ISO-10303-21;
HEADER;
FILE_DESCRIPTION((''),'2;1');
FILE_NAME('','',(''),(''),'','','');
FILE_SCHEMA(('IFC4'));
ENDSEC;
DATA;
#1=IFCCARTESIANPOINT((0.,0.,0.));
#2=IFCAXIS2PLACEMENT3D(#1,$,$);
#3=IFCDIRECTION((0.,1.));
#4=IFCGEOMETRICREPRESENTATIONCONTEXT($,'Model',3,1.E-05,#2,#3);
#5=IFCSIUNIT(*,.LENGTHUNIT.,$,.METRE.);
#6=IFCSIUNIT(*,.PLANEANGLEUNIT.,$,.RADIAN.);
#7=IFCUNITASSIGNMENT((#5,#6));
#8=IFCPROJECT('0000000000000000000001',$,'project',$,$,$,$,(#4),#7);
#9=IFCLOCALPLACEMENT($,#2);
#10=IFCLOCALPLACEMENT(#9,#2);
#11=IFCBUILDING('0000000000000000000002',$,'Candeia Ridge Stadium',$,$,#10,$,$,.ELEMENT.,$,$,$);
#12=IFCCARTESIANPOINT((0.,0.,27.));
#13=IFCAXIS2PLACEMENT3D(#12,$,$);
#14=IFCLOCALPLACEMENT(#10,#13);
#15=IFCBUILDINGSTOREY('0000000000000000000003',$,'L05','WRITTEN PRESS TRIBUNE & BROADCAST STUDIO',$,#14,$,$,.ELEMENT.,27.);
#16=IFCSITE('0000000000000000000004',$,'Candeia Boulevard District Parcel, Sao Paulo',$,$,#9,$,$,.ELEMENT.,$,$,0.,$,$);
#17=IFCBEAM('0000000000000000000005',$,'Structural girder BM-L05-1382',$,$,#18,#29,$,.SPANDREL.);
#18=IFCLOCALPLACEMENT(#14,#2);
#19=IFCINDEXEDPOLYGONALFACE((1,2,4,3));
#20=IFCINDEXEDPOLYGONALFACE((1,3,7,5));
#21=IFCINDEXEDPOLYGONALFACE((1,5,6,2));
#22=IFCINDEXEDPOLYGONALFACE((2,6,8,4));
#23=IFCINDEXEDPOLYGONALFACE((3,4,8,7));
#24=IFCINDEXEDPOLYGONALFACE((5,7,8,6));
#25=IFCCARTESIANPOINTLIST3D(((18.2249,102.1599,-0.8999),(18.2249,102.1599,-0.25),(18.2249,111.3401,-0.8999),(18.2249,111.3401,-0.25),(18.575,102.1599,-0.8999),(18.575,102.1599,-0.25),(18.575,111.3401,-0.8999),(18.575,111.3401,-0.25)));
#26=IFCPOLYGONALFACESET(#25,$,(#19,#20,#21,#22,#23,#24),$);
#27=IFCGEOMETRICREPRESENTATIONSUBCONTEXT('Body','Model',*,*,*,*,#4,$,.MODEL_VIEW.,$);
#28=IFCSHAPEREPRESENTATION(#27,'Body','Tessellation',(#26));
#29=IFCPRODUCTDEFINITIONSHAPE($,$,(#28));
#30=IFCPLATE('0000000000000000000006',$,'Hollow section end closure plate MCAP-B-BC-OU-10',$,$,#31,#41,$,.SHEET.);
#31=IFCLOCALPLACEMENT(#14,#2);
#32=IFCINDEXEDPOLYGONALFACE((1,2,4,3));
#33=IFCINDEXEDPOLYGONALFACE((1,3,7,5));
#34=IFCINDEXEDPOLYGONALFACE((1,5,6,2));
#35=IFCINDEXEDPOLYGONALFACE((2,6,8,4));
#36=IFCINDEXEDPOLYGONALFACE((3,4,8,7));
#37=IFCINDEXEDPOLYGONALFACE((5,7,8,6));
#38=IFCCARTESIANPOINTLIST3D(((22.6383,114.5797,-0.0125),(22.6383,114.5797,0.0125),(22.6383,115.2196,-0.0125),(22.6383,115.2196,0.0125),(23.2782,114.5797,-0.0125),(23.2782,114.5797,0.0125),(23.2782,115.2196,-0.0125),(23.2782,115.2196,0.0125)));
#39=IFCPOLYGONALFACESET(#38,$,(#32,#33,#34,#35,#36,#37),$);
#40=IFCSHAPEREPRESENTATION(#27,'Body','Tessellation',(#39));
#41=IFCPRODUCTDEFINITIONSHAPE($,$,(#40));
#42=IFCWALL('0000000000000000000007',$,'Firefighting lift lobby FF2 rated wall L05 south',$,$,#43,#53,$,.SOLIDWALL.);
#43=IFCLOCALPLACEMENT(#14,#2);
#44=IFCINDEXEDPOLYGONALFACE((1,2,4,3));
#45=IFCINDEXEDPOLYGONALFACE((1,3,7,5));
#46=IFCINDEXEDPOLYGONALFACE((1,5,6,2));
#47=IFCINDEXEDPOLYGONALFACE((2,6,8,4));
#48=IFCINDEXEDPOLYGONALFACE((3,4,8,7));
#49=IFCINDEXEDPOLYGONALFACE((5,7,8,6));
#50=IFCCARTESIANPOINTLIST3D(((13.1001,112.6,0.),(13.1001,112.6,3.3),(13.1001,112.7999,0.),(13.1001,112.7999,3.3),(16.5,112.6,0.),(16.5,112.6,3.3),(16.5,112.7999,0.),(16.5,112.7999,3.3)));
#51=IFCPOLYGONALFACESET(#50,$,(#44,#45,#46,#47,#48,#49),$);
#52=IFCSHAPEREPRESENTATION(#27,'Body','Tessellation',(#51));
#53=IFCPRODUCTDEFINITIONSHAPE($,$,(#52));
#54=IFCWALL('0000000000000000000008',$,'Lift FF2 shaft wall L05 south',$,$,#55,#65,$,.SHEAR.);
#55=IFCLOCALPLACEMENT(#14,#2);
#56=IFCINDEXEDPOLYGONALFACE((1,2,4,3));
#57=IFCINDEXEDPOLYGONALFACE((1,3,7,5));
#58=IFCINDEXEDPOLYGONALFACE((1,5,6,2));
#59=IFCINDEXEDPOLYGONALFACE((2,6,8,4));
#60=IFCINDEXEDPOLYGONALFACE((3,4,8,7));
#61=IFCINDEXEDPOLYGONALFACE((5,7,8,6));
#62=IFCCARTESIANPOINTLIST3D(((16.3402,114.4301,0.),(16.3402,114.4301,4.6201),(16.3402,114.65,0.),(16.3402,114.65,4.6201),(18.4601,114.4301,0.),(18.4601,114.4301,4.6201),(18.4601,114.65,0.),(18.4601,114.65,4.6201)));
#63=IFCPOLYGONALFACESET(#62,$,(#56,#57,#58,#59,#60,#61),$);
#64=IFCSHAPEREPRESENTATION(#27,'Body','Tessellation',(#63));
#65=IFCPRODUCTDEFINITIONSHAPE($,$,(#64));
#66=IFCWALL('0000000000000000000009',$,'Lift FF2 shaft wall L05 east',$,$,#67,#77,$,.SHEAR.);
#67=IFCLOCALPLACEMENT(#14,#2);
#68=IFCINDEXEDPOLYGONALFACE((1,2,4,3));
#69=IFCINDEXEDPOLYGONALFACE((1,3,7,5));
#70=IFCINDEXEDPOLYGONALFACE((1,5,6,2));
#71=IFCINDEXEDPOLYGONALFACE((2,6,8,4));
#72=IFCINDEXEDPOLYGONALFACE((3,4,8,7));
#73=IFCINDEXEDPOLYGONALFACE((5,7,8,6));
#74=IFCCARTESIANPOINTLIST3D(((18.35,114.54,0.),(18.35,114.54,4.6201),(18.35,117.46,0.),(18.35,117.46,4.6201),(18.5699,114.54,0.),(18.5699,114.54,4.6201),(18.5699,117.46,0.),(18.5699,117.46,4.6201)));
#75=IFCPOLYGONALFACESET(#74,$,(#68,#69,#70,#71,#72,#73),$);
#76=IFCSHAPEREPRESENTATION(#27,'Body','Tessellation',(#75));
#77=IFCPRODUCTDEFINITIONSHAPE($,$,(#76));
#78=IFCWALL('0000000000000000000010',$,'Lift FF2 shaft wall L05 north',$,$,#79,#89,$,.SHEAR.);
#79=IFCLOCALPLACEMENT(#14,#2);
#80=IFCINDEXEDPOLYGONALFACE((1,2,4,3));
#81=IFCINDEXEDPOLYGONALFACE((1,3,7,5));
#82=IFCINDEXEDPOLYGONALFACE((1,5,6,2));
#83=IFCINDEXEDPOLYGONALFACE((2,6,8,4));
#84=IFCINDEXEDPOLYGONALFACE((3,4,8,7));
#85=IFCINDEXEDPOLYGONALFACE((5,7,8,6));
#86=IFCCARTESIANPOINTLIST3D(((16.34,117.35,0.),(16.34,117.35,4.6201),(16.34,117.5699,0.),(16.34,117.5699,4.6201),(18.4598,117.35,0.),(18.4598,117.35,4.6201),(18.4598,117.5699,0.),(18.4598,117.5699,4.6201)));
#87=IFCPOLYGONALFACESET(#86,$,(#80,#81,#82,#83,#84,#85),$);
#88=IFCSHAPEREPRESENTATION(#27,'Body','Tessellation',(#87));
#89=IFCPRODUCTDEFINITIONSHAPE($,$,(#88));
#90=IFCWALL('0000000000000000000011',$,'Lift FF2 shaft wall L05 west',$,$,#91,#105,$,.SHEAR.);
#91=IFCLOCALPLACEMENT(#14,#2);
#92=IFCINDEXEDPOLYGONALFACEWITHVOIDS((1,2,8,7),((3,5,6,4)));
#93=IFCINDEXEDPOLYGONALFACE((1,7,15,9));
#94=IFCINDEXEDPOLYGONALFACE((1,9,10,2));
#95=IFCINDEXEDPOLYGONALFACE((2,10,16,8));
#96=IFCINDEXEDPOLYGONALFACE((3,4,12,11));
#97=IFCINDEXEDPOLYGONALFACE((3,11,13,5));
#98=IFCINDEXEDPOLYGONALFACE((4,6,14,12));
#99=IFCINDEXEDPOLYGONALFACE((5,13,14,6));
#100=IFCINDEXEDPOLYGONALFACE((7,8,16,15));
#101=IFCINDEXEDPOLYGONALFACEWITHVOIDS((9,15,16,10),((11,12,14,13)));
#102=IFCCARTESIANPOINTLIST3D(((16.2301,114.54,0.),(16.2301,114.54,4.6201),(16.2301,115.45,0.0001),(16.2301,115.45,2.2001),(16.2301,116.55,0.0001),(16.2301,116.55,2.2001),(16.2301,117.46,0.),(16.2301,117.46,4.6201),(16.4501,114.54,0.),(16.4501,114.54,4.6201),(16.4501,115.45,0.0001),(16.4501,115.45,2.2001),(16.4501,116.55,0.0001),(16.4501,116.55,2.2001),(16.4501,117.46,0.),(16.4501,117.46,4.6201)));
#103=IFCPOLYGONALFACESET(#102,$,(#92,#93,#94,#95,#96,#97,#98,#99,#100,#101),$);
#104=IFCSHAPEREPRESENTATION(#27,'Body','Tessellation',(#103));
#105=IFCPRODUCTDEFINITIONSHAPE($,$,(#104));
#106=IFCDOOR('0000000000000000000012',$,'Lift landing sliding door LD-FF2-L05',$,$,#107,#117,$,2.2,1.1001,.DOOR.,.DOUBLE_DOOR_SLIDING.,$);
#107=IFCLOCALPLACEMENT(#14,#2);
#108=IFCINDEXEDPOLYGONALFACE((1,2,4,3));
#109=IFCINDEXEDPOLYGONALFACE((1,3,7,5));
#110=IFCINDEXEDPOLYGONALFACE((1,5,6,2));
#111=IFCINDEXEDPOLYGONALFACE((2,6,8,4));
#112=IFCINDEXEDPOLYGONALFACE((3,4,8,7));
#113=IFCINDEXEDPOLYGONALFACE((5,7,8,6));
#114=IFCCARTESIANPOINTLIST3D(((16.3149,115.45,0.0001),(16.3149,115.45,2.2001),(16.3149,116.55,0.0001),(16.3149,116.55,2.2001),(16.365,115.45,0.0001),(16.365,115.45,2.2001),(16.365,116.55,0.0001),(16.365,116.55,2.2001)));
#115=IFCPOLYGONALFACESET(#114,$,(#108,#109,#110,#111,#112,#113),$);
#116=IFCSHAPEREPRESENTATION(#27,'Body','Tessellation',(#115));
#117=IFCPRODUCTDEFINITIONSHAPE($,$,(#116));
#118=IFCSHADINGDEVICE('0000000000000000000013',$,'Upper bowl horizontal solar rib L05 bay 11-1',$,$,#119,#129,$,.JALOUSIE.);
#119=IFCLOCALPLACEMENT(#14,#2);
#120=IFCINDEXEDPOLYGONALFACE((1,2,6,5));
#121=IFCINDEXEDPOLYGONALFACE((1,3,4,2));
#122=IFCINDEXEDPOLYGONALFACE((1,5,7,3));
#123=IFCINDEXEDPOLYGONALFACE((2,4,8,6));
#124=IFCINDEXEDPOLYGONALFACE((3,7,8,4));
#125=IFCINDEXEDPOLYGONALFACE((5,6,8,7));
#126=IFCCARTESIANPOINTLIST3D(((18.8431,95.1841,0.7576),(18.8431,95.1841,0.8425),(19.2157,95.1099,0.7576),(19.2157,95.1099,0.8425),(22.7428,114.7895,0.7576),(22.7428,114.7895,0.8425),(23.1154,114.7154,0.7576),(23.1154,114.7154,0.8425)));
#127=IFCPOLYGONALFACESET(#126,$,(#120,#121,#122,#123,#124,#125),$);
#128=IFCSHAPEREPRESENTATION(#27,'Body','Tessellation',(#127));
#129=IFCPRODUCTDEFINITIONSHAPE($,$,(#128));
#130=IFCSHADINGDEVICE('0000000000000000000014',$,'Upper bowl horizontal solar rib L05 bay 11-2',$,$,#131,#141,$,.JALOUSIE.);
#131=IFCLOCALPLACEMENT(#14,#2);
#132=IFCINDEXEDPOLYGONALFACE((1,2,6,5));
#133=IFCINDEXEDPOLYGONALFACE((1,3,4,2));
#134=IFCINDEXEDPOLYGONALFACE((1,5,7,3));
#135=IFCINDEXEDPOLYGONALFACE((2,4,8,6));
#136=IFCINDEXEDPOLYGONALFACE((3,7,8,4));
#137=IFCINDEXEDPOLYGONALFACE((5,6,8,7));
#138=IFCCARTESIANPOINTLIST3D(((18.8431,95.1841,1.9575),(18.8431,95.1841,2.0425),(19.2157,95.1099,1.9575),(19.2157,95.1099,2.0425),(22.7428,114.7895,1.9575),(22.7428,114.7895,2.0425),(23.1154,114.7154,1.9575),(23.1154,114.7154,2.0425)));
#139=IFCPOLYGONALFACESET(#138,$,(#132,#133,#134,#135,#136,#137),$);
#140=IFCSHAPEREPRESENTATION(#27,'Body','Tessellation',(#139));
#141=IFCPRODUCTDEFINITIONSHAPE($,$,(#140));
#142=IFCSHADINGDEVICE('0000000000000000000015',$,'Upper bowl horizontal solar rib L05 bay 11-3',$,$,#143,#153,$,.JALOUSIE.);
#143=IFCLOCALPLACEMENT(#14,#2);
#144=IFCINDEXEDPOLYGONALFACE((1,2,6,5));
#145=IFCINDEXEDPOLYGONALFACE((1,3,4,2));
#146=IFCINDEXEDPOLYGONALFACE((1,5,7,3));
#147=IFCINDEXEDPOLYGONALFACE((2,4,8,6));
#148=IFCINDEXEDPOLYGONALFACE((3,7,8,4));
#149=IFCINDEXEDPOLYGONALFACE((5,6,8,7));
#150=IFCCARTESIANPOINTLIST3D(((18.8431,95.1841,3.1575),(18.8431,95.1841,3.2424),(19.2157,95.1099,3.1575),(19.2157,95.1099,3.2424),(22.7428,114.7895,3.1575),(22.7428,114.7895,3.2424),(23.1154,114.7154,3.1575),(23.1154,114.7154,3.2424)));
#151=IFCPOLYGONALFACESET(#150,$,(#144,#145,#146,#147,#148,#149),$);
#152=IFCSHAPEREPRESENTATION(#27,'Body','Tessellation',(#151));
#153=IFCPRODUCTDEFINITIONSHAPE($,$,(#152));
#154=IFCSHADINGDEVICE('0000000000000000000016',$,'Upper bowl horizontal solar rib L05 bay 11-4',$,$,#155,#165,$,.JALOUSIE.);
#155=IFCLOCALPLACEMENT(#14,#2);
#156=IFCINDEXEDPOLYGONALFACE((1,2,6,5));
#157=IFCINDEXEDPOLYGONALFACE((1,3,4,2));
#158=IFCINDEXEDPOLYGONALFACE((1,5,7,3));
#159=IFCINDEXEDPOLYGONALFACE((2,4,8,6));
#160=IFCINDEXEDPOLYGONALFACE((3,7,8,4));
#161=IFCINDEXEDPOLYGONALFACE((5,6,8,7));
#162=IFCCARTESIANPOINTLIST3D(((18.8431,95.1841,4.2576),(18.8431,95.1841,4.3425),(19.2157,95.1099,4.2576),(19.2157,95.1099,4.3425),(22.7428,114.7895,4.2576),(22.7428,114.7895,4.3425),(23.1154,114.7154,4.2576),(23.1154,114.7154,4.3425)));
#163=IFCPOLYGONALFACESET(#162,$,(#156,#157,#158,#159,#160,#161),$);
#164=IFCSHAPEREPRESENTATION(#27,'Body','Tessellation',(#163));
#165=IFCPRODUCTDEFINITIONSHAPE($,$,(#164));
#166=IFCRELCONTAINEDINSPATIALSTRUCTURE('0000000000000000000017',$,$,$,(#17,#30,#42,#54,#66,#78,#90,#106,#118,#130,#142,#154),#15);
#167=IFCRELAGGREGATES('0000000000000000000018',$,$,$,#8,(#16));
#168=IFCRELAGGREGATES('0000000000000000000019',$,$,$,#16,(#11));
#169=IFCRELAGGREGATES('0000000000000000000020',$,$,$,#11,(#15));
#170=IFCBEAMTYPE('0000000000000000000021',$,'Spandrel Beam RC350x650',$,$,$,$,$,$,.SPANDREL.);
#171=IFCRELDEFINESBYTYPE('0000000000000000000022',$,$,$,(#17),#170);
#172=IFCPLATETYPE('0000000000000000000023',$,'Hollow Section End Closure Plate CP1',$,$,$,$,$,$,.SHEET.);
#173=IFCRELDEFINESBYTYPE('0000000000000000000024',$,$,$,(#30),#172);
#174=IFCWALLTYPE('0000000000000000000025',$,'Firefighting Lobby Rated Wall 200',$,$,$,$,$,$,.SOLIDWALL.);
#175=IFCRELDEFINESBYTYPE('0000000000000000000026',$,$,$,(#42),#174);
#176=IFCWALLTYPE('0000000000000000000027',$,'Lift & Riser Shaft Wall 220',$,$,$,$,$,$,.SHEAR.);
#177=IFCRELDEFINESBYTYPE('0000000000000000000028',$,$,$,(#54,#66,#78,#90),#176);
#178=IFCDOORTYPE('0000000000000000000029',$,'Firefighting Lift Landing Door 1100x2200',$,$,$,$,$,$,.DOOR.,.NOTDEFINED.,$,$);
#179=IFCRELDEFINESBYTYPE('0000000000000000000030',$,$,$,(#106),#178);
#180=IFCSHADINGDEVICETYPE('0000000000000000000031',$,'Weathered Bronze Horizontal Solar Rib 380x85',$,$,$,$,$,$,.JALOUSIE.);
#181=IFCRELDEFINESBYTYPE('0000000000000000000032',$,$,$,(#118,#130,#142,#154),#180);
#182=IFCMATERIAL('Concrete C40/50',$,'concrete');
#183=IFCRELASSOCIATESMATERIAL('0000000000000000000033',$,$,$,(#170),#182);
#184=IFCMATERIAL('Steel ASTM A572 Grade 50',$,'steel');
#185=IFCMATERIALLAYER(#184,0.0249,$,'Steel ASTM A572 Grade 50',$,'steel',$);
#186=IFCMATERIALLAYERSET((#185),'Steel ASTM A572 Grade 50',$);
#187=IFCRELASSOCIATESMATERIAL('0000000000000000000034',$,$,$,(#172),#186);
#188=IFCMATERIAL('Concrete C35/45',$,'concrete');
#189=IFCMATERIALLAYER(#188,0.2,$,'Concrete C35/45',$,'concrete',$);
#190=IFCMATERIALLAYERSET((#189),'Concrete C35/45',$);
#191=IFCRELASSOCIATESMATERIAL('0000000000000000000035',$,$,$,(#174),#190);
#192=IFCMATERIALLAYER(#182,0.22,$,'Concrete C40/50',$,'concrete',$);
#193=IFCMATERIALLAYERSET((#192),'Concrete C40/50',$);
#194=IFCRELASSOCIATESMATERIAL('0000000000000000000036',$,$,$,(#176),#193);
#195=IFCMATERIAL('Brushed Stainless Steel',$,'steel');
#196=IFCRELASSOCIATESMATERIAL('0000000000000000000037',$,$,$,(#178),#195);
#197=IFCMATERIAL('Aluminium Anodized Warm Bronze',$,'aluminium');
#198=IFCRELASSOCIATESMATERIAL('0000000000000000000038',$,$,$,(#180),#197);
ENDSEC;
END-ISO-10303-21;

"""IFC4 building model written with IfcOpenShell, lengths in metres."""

from ifc_helpers import new_model, si_unit, direction, frame, frame_2d, origin, origin_2d, place, context, subcontext, project, spatial, rectangle, extrude, material, layer, layer_set, material_profile, profile_set, type_object, element, fill, save


model = new_model("IFC4")

# Units and contexts
model_context = context("Model", 3, precision=1e-05, world=origin(), true_north=direction((0.0, 1.0)))
body_context = subcontext(model_context, "Body", "Model", "MODEL_VIEW")
ifc_project = project(units=[si_unit("LENGTHUNIT", "METRE"), si_unit("PLANEANGLEUNIT", "RADIAN")], contexts=[model_context])

# Site, building, storey
site_placement = place(None, origin())
site = spatial("IfcSite", under=ifc_project, at=site_placement, Name="Candeia Boulevard District Parcel, Sao Paulo", CompositionType="ELEMENT", RefElevation=0.0)
building_placement = place(site_placement, origin())
building = spatial("IfcBuilding", under=site, at=building_placement, Name="Candeia Ridge Stadium", CompositionType="ELEMENT")
storey_placement = place(building_placement, frame((0.0, 0.0, 27.0)))
storey = spatial("IfcBuildingStorey", under=building, at=storey_placement, Name="L05", Description="WRITTEN PRESS TRIBUNE & BROADCAST STUDIO", CompositionType="ELEMENT", Elevation=27.0)

# Shared definitions
ifc_material_1 = material(Name="Concrete C40/50", Category="concrete")
ifc_material_2 = material(Name="Steel ASTM A572 Grade 50", Category="steel")

# Beam
ifc_material_profile_1 = material_profile(ifc_material_1, rectangle(XDim=0.3501, YDim=0.6499, at=origin_2d()), Name="RC350x650", Category="concrete")
ifc_profile_set_1 = profile_set([ifc_material_profile_1], Name="Concrete C40/50")
beam_type_1 = type_object("IfcBeamType", Name="Spandrel Beam RC350x650", PredefinedType="SPANDREL", material=ifc_profile_set_1)
beam_1_placement = place(storey_placement, frame((18.3999, 102.1599, -0.575), z_axis=(0.0, 1.0, 0.0), x_axis=(-1.0, 0.0, 0.0)))
element("IfcBeam", 1, at=beam_1_placement, inside=storey, type_object=beam_type_1, Name="Structural girder BM-L05-1382", PredefinedType="SPANDREL", context=body_context, shape_type="SweptSolid", body=[
    extrude(rectangle(XDim=0.3501, YDim=0.6499, at=origin_2d()), origin(), (0.0, 0.0, 1.0), 9.1802),
])

# Plate
ifc_layer_1 = layer(ifc_material_2, 0.0249, Name="Steel ASTM A572 Grade 50", Category="steel")
ifc_layer_set_1 = layer_set([ifc_layer_1], Name="Steel ASTM A572 Grade 50")
plate_type = type_object("IfcPlateType", Name="Hollow Section End Closure Plate CP1", PredefinedType="SHEET", material=ifc_layer_set_1)
plate_placement = place(storey_placement, frame((22.9583, 114.8997, -0.0125), z_axis=(0.0, 0.0, 1.0), x_axis=(1.0, 0.0, 0.0)))
element("IfcPlate", 2, at=plate_placement, inside=storey, type_object=plate_type, Name="Hollow section end closure plate MCAP-B-BC-OU-10", PredefinedType="SHEET", context=body_context, shape_type="SweptSolid", body=[
    extrude(rectangle(XDim=0.6399, YDim=0.6399, at=origin_2d()), origin(), (0.0, 0.0, 1.0), 0.0249),
])

# Walls
ifc_material_3 = material(Name="Concrete C35/45", Category="concrete")
ifc_layer_2 = layer(ifc_material_3, 0.2, Name="Concrete C35/45", Category="concrete")
ifc_layer_set_2 = layer_set([ifc_layer_2], Name="Concrete C35/45")
wall_type_1 = type_object("IfcWallType", Name="Firefighting Lobby Rated Wall 200", PredefinedType="SOLIDWALL", material=ifc_layer_set_2)
wall_1_placement = place(storey_placement, frame((13.1001, 112.7, 0.0), z_axis=(0.0, 0.0, 1.0), x_axis=(1.0, 0.0, 0.0)))
element("IfcWall", 3, at=wall_1_placement, inside=storey, type_object=wall_type_1, Name="Firefighting lift lobby FF2 rated wall L05 south", PredefinedType="SOLIDWALL", context=body_context, shape_type="SweptSolid", body=[
    extrude(rectangle(XDim=3.3999, YDim=0.2, at=frame_2d((1.7, 0.0))), origin(), (0.0, 0.0, 1.0), 3.3),
])
ifc_layer_3 = layer(ifc_material_1, 0.22, Name="Concrete C40/50", Category="concrete")
ifc_layer_set_3 = layer_set([ifc_layer_3], Name="Concrete C40/50")
wall_type_2 = type_object("IfcWallType", Name="Lift & Riser Shaft Wall 220", PredefinedType="SHEAR", material=ifc_layer_set_3)
wall_2_placement = place(storey_placement, frame((16.3401, 114.54, 0.0), z_axis=(0.0, 0.0, 1.0), x_axis=(1.0, 0.0, 0.0)))
element("IfcWall", 4, at=wall_2_placement, inside=storey, type_object=wall_type_2, Name="Lift FF2 shaft wall L05 south", PredefinedType="SHEAR", context=body_context, shape_type="SweptSolid", body=[
    extrude(rectangle(XDim=2.1199, YDim=0.22, at=frame_2d((1.0601, 0.0))), origin(), (0.0, 0.0, 1.0), 4.6201),
])
wall_3_placement = place(storey_placement, frame((18.46, 114.54, 0.0), z_axis=(0.0, 0.0, 1.0), x_axis=(0.0, 1.0, 0.0)))
element("IfcWall", 5, at=wall_3_placement, inside=storey, type_object=wall_type_2, Name="Lift FF2 shaft wall L05 east", PredefinedType="SHEAR", context=body_context, shape_type="SweptSolid", body=[
    extrude(rectangle(XDim=2.9199, YDim=0.22, at=frame_2d((1.46, 0.0))), origin(), (0.0, 0.0, 1.0), 4.6201),
])
wall_4_placement = place(storey_placement, frame((18.46, 117.46, 0.0), z_axis=(0.0, 0.0, 1.0), x_axis=(-1.0, 0.0, 0.0)))
element("IfcWall", 6, at=wall_4_placement, inside=storey, type_object=wall_type_2, Name="Lift FF2 shaft wall L05 north", PredefinedType="SHEAR", context=body_context, shape_type="SweptSolid", body=[
    extrude(rectangle(XDim=2.1199, YDim=0.22, at=frame_2d((1.0601, 0.0))), origin(), (0.0, 0.0, 1.0), 4.6201),
])

# Wall, opening, door
wall_5_placement = place(storey_placement, frame((16.3401, 117.46, 0.0), z_axis=(0.0, 0.0, 1.0), x_axis=(0.0, -1.0, 0.0)))
wall_5 = element("IfcWall", 7, at=wall_5_placement, inside=storey, type_object=wall_type_2, Name="Lift FF2 shaft wall L05 west", PredefinedType="SHEAR", context=body_context, shape_type="SweptSolid", body=[
    extrude(rectangle(XDim=2.9199, YDim=0.22, at=frame_2d((1.46, 0.0))), origin(), (0.0, 0.0, 1.0), 4.6201),
])
opening_placement = place(wall_5_placement, frame((0.9099, 0.0, 0.0)))
opening = element("IfcOpeningElement", 8, at=opening_placement, cuts=wall_5, PredefinedType="OPENING", context=body_context, shape_type="SweptSolid", body=[
    extrude(rectangle(XDim=1.1001, YDim=2.2, at=frame_2d((0.55, 1.1001))), frame((0.0, 0.1199, 0.0), z_axis=(0.0, -1.0, 0.0), x_axis=(1.0, 0.0, 0.0)), (0.0, 0.0, 1.0), 0.24),
])
ifc_material_4 = material(Name="Brushed Stainless Steel", Category="steel")
door_type = type_object("IfcDoorType", Name="Firefighting Lift Landing Door 1100x2200", OperationType="NOTDEFINED", PredefinedType="DOOR", material=ifc_material_4)
door_placement = place(opening_placement, origin())
door = element("IfcDoor", 9, at=door_placement, inside=storey, type_object=door_type, Name="Lift landing sliding door LD-FF2-L05", OperationType="DOUBLE_DOOR_SLIDING", OverallHeight=2.2, OverallWidth=1.1001, PredefinedType="DOOR", context=body_context, shape_type="SweptSolid", body=[
    extrude(rectangle(XDim=1.1001, YDim=2.2, at=frame_2d((0.55, 1.1001))), frame((0.0, 0.0249, 0.0), z_axis=(0.0, -1.0, 0.0), x_axis=(1.0, 0.0, 0.0)), (0.0, 0.0, 1.0), 0.05),
])
fill(opening, door)

# Shading devices
ifc_material_5 = material(Name="Aluminium Anodized Warm Bronze", Category="aluminium")
shading_device_type = type_object("IfcShadingDeviceType", Name="Weathered Bronze Horizontal Solar Rib 380x85", PredefinedType="JALOUSIE", material=ifc_material_5)
for number, where, z_axis, x_axis, name in (
    (10, (20.9792, 104.9497, 0.7576), (0.0, 0.0, 1.0), (-0.19509, -0.980785, 0.0), "Upper bowl horizontal solar rib L05 bay 11-1"),
    (11, (20.9792, 104.9497, 1.9575), (0.0, 0.0, 1.0), (-0.19509, -0.980785, 0.0), "Upper bowl horizontal solar rib L05 bay 11-2"),
    (12, (20.9792, 104.9497, 3.1575), (0.0, 0.0, 1.0), (-0.19509, -0.980785, 0.0), "Upper bowl horizontal solar rib L05 bay 11-3"),
    (13, (20.9792, 104.9497, 4.2576), (0.0, 0.0, 1.0), (-0.19509, -0.980785, 0.0), "Upper bowl horizontal solar rib L05 bay 11-4"),
):
    element("IfcShadingDevice", number, at=place(storey_placement, frame(where, z_axis=z_axis, x_axis=x_axis)), inside=storey, type_object=shading_device_type, Name=name, PredefinedType="JALOUSIE", context=body_context, shape_type="SweptSolid", body=[
        extrude(rectangle(XDim=19.9895, YDim=0.3799, at=origin_2d()), origin(), (0.0, 0.0, 1.0), 0.085),
    ])

save(model, "model.ifc")
